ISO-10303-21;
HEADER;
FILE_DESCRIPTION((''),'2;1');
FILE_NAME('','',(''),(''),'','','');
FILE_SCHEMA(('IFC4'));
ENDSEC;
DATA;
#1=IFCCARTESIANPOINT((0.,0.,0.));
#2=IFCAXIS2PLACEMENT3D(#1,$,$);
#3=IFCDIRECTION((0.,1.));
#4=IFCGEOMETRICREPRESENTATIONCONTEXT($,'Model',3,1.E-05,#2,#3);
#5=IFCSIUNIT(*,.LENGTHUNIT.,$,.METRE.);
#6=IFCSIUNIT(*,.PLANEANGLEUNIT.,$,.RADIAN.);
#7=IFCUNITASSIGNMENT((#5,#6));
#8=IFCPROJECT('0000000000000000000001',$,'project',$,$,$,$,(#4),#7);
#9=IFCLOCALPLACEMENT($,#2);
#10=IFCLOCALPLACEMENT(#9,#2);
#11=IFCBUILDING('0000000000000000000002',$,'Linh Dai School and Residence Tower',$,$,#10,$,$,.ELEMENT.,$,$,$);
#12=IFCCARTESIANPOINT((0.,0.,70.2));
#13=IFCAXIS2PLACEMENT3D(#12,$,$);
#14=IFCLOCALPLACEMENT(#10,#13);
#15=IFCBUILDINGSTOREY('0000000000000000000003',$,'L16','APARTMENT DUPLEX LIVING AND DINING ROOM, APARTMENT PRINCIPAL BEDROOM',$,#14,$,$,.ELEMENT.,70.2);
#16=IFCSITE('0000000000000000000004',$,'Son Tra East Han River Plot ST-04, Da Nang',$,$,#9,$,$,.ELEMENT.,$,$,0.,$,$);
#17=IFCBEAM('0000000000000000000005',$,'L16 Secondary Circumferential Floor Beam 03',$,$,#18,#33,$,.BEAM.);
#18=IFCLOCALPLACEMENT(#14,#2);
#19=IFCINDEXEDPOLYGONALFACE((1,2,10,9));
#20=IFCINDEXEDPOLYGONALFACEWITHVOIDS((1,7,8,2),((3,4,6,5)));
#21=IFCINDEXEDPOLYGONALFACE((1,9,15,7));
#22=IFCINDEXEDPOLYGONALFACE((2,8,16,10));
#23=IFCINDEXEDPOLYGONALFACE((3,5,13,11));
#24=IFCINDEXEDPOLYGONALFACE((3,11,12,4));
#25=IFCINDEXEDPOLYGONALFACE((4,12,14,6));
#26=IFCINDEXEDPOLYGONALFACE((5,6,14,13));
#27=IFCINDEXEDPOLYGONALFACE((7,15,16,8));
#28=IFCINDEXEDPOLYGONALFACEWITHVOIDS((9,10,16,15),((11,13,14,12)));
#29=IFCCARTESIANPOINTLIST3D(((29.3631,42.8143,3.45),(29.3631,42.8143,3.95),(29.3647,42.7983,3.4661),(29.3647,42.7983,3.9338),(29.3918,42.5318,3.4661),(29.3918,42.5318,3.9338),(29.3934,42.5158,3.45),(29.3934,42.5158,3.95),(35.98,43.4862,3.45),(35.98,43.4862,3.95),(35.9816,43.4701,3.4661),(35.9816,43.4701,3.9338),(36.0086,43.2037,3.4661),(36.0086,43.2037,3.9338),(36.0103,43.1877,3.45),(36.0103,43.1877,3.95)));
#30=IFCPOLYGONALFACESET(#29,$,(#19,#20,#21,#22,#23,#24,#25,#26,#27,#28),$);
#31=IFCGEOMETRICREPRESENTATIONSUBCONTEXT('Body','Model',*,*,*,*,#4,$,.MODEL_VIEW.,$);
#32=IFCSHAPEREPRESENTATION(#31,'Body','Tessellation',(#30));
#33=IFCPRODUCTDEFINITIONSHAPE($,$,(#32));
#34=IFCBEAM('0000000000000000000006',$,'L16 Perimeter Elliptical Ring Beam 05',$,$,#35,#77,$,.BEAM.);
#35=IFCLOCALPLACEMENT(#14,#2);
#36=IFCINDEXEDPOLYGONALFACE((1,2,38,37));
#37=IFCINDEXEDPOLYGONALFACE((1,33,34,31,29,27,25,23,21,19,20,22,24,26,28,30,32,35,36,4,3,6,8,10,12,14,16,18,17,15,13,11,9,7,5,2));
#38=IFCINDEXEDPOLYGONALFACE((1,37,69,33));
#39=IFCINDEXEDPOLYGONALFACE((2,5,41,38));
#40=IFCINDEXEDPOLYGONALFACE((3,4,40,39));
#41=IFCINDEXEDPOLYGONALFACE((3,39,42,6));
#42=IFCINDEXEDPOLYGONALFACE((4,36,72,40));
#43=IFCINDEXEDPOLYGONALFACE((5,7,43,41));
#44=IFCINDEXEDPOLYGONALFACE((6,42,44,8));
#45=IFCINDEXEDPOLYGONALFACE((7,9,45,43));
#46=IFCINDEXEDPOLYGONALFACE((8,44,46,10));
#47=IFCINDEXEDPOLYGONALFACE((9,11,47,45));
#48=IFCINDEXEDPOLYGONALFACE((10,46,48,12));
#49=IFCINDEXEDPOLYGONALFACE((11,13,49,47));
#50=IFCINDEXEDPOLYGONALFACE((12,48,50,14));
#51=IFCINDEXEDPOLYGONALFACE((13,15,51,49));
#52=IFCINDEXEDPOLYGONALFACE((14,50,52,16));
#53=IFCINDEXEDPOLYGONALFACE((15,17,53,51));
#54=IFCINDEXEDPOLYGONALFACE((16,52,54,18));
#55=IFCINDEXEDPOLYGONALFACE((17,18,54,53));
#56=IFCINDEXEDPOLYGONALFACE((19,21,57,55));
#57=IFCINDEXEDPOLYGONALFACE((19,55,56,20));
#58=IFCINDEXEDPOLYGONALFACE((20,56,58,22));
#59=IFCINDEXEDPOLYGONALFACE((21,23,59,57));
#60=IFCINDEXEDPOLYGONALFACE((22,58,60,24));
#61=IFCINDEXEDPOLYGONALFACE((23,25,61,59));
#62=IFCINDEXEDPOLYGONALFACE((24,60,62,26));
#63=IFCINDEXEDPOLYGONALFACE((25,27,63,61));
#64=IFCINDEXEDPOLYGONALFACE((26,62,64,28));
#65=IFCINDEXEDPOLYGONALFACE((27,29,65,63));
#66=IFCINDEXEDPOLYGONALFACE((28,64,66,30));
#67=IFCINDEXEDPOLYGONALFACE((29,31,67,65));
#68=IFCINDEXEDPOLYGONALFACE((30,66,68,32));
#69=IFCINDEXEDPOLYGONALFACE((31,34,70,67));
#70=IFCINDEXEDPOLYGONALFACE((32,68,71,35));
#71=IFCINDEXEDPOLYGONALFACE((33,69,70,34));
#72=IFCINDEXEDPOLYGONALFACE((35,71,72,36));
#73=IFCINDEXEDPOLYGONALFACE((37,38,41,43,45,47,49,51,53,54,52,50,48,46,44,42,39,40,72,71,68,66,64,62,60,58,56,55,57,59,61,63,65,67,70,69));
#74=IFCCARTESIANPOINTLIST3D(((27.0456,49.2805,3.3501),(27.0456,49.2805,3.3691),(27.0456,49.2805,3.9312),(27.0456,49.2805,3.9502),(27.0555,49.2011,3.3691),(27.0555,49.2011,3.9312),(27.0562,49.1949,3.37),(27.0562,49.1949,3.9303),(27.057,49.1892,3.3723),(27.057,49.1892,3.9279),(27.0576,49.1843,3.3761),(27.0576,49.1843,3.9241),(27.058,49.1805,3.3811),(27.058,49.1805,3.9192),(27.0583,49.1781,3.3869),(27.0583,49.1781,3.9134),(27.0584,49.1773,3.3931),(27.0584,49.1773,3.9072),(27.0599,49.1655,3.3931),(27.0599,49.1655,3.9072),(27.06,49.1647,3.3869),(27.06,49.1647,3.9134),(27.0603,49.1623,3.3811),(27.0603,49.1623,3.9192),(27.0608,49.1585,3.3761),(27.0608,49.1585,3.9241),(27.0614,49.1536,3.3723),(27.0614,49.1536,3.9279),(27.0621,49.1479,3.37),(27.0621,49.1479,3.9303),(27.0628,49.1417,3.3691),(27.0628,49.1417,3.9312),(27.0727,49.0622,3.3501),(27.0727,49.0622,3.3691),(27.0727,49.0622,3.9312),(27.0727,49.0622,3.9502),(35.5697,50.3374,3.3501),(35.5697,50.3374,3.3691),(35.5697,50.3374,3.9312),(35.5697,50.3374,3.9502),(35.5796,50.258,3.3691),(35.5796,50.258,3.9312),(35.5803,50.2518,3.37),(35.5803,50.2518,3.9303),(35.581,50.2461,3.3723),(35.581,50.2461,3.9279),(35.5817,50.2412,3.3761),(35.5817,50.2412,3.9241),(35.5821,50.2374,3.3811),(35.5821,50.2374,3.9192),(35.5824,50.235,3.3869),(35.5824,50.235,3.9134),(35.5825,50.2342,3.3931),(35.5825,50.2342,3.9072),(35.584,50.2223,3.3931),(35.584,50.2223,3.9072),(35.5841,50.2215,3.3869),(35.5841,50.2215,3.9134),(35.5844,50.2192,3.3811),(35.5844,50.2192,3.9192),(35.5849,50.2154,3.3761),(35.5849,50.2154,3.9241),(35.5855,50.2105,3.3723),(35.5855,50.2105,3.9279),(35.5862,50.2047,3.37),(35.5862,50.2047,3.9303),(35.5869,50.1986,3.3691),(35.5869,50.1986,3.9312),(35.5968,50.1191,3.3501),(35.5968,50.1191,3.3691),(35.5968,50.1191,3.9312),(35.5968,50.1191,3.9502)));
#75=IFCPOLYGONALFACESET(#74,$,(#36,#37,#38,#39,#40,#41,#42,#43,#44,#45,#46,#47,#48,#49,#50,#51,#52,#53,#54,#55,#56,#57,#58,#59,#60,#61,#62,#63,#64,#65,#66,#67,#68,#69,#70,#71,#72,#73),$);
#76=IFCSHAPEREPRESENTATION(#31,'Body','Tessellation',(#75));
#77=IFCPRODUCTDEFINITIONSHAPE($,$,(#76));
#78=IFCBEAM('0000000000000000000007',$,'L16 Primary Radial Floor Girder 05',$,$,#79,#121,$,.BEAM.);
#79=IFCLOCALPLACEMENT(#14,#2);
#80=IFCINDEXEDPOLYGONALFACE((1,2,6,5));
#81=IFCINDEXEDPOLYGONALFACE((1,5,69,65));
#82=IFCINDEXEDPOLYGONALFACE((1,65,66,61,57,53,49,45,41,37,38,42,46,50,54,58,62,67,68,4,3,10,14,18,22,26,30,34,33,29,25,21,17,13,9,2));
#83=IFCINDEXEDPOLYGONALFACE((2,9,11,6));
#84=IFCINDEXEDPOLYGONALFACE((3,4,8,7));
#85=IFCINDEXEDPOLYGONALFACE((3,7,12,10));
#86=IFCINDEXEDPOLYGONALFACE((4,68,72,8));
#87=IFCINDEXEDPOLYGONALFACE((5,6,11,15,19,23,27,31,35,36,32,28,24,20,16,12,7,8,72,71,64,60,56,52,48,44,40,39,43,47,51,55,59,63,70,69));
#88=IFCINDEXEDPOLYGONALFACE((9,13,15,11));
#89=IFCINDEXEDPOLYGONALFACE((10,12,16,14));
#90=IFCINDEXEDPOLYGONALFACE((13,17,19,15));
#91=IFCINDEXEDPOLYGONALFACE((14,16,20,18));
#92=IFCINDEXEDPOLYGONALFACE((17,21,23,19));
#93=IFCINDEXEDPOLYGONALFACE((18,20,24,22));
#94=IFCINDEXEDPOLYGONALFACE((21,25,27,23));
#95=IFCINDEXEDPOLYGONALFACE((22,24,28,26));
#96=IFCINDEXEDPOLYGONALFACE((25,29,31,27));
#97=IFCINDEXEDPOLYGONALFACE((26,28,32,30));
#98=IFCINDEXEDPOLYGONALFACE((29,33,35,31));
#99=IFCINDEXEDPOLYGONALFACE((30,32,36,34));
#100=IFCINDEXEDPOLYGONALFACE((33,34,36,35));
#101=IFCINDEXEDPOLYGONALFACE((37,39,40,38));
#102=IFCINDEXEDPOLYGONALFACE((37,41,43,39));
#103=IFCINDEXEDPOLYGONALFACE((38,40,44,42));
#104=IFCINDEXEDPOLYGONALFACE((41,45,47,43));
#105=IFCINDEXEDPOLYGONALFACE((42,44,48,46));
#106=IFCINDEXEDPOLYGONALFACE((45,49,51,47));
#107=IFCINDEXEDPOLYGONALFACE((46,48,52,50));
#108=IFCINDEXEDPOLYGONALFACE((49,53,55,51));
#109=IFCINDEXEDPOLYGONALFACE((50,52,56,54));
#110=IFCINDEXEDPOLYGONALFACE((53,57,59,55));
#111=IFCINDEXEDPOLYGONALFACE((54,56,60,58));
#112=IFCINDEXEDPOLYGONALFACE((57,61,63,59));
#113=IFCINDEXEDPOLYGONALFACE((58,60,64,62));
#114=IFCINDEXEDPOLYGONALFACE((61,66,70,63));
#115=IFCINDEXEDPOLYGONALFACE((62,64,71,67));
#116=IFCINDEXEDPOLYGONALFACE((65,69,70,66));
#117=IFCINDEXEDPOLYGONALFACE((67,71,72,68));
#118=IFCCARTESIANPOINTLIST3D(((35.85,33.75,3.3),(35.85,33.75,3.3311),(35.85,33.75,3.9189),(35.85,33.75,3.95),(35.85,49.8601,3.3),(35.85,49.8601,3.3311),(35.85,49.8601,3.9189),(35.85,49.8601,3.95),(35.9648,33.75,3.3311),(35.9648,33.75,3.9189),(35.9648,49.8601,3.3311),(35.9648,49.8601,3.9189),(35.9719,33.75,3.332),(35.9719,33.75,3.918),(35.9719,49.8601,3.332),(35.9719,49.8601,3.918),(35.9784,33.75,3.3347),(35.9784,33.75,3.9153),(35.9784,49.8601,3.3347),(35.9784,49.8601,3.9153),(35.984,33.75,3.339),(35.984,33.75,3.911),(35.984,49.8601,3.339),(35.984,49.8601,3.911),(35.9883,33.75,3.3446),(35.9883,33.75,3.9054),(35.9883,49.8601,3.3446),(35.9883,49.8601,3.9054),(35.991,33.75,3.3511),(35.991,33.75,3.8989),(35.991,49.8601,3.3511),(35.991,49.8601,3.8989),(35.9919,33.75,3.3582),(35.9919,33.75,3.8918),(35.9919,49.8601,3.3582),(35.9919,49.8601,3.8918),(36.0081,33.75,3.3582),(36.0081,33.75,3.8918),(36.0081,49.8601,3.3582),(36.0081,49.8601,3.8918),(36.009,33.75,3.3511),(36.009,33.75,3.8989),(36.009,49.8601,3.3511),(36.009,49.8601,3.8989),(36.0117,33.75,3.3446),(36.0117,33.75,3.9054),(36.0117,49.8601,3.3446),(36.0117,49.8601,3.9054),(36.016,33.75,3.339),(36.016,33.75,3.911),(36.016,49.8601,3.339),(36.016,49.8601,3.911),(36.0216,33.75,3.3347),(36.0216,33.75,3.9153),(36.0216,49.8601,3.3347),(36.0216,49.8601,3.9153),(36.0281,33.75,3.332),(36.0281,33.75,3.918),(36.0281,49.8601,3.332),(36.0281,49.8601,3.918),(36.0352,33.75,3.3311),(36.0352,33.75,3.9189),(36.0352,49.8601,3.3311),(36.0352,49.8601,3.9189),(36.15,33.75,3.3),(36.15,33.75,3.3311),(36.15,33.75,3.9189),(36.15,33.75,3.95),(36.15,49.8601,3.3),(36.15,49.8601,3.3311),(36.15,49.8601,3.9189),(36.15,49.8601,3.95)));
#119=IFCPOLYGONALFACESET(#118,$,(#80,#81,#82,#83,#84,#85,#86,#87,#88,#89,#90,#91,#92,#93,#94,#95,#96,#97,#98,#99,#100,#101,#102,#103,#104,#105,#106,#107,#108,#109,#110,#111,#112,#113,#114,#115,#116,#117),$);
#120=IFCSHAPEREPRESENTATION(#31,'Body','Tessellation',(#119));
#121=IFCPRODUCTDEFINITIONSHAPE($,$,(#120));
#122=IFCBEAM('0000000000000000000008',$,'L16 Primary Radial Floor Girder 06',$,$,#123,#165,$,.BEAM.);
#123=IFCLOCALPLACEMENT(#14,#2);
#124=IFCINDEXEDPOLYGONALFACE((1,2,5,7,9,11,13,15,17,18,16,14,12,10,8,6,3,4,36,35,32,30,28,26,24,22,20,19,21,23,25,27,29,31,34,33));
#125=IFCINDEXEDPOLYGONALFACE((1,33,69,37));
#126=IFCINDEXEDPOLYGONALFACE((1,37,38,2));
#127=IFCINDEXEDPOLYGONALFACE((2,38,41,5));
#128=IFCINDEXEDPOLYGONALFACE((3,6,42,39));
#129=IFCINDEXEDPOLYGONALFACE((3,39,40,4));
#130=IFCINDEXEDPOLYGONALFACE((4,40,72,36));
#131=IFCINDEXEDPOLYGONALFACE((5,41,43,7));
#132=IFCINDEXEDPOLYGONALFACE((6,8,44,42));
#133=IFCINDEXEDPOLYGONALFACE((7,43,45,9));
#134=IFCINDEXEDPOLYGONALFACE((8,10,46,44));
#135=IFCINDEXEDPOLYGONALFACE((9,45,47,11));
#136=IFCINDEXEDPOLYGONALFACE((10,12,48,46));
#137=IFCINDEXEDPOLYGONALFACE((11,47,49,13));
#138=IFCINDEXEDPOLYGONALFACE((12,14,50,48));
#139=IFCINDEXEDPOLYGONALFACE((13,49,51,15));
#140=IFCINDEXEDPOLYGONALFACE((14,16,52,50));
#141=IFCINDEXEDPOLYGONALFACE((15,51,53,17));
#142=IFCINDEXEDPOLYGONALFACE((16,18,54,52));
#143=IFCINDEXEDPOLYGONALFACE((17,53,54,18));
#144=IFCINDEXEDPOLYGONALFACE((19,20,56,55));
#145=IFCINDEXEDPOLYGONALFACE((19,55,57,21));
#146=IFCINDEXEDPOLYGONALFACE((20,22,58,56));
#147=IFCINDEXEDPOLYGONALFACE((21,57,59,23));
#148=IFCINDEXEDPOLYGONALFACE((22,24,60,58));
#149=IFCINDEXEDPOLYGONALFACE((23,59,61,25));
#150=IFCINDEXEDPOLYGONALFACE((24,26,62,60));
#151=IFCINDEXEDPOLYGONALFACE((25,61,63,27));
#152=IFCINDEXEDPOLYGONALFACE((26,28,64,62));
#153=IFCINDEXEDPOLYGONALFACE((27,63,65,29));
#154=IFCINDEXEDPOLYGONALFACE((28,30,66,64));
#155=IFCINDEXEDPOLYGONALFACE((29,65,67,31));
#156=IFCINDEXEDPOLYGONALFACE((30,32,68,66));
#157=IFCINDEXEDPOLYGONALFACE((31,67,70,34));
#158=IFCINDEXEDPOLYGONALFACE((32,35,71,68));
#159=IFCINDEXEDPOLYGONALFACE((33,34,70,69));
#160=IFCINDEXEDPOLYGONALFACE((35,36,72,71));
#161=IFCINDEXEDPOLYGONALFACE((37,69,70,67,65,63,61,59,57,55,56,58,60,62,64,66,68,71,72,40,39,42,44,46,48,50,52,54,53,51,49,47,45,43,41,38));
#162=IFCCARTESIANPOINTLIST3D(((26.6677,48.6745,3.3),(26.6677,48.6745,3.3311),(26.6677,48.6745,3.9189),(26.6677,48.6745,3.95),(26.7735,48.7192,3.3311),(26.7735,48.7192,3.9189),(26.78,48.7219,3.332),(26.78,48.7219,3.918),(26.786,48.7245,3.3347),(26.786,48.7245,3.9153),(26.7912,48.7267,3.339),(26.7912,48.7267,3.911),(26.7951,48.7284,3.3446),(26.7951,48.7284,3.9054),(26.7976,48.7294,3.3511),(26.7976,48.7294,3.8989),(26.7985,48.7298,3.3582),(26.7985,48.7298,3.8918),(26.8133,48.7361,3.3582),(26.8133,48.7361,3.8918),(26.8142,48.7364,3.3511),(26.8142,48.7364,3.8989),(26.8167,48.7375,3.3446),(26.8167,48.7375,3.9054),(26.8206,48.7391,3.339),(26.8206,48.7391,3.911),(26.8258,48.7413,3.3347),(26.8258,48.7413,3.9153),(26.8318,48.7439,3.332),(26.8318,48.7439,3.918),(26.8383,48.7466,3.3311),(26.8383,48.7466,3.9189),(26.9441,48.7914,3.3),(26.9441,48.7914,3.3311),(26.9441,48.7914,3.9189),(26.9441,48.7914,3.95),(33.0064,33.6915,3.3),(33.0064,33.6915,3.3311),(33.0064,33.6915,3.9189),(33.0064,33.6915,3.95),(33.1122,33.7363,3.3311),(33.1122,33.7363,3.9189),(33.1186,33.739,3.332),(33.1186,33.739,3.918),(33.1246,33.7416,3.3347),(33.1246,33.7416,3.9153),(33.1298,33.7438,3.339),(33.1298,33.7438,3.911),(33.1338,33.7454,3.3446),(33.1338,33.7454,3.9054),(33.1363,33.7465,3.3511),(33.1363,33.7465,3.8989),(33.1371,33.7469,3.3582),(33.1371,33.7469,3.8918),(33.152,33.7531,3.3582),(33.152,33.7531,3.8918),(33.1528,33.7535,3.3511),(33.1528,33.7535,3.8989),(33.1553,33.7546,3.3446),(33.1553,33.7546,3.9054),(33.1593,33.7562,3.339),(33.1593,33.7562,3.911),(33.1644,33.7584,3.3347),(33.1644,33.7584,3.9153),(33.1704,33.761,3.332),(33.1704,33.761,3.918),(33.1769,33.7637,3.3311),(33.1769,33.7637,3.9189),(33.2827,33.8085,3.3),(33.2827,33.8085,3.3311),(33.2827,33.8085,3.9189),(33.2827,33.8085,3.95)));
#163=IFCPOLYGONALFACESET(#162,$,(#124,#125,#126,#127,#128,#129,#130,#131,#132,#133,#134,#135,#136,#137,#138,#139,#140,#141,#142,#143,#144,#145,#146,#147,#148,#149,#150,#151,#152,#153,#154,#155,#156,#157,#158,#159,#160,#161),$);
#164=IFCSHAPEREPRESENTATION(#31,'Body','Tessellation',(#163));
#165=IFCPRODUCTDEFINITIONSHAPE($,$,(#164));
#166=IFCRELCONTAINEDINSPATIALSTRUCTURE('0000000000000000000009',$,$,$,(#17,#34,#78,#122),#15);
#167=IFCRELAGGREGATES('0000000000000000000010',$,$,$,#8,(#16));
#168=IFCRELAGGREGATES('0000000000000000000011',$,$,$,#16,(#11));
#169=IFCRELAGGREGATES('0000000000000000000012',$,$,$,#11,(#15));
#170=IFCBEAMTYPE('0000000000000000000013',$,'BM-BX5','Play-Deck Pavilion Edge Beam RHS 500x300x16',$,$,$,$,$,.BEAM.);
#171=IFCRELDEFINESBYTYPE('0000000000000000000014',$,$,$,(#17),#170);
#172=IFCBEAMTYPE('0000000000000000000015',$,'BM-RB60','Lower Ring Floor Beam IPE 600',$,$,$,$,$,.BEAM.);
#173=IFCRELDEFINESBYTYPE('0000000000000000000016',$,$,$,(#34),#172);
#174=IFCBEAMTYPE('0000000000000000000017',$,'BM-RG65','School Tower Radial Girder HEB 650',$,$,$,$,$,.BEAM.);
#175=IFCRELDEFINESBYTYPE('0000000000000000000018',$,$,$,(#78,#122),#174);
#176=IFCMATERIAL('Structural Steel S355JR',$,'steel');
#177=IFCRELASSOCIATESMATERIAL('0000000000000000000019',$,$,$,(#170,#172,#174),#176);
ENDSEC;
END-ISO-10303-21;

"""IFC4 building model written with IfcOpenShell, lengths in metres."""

from ifc_helpers import new_model, si_unit, direction, frame, origin, origin_2d, place, context, subcontext, project, spatial, hollow_rectangle, i_section, extrude, material, material_profile, profile_set, type_object, element, save


model = new_model("IFC4")

# Units and contexts
model_context = context("Model", 3, precision=1e-05, world=origin(), true_north=direction((0.0, 1.0)))
body_context = subcontext(model_context, "Body", "Model", "MODEL_VIEW")
ifc_project = project(units=[si_unit("LENGTHUNIT", "METRE"), si_unit("PLANEANGLEUNIT", "RADIAN")], contexts=[model_context])

# Site, building, storey
site_placement = place(None, origin())
site = spatial("IfcSite", under=ifc_project, at=site_placement, Name="Son Tra East Han River Plot ST-04, Da Nang", CompositionType="ELEMENT", RefElevation=0.0)
building_placement = place(site_placement, origin())
building = spatial("IfcBuilding", under=site, at=building_placement, Name="Linh Dai School and Residence Tower", CompositionType="ELEMENT")
storey_placement = place(building_placement, frame((0.0, 0.0, 70.2)))
storey = spatial("IfcBuildingStorey", under=building, at=storey_placement, Name="L16", Description="APARTMENT DUPLEX LIVING AND DINING ROOM, APARTMENT PRINCIPAL BEDROOM", CompositionType="ELEMENT", Elevation=70.2)

# Shared definitions
ifc_material_1 = material(Name="Structural Steel S355JR", Category="steel")

# Beams
ifc_material_profile_1 = material_profile(ifc_material_1, hollow_rectangle(XDim=0.3, YDim=0.5, WallThickness=0.0161, at=origin_2d()), Name="RHS 500x300x16")
ifc_profile_set_1 = profile_set([ifc_material_profile_1], Name="Structural Steel S355JR")
beam_type_1 = type_object("IfcBeamType", Name="BM-BX5", Description="Play-Deck Pavilion Edge Beam RHS 500x300x16", PredefinedType="BEAM", material=ifc_profile_set_1)
beam_1_placement = place(storey_placement, frame((35.9951, 43.3369, 3.7), z_axis=(-0.994884, -0.101019, 0.0), x_axis=(0.101019, -0.994884, 0.0)))
element("IfcBeam", 1, at=beam_1_placement, inside=storey, type_object=beam_type_1, Name="L16 Secondary Circumferential Floor Beam 03", PredefinedType="BEAM", context=body_context, shape_type="SweptSolid", body=[
    extrude(hollow_rectangle(XDim=0.3, YDim=0.5, WallThickness=0.0161, at=origin_2d()), origin(), (0.0, 0.0, 1.0), 6.6509),
])
ifc_material_profile_2 = material_profile(ifc_material_1, i_section(OverallWidth=0.22, OverallDepth=0.6001, WebThickness=0.012, FlangeThickness=0.019, FilletRadius=0.0239, at=origin_2d()), Name="IPE 600")
ifc_profile_set_2 = profile_set([ifc_material_profile_2], Name="Structural Steel S355JR")
beam_type_2 = type_object("IfcBeamType", Name="BM-RB60", Description="Lower Ring Floor Beam IPE 600", PredefinedType="BEAM", material=ifc_profile_set_2)
beam_2_placement = place(storey_placement, frame((35.5833, 50.2283, 3.6501), z_axis=(-0.992401, -0.123045, 0.0), x_axis=(0.123045, -0.992401, 0.0)))
element("IfcBeam", 2, at=beam_2_placement, inside=storey, type_object=beam_type_2, Name="L16 Perimeter Elliptical Ring Beam 05", PredefinedType="BEAM", context=body_context, shape_type="SweptSolid", body=[
    extrude(i_section(OverallWidth=0.22, OverallDepth=0.6001, WebThickness=0.012, FlangeThickness=0.019, FilletRadius=0.0239, at=origin_2d()), origin(), (0.0, 0.0, 1.0), 8.5894),
])
ifc_material_profile_3 = material_profile(ifc_material_1, i_section(OverallWidth=0.3, OverallDepth=0.6499, WebThickness=0.0161, FlangeThickness=0.031, FilletRadius=0.0271, at=origin_2d()), Name="HEB 650")
ifc_profile_set_3 = profile_set([ifc_material_profile_3], Name="Structural Steel S355JR")
beam_type_3 = type_object("IfcBeamType", Name="BM-RG65", Description="School Tower Radial Girder HEB 650", PredefinedType="BEAM", material=ifc_profile_set_3)
beam_3_placement = place(storey_placement, frame((36.0, 33.75, 3.625), z_axis=(0.0, 1.0, 0.0), x_axis=(-1.0, 0.0, 0.0)))
element("IfcBeam", 3, at=beam_3_placement, inside=storey, type_object=beam_type_3, Name="L16 Primary Radial Floor Girder 05", PredefinedType="BEAM", context=body_context, shape_type="SweptSolid", body=[
    extrude(i_section(OverallWidth=0.3, OverallDepth=0.6499, WebThickness=0.0161, FlangeThickness=0.031, FilletRadius=0.0271, at=origin_2d()), origin(), (0.0, 0.0, 1.0), 16.1101),
])
beam_4_placement = place(storey_placement, frame((33.1445, 33.75, 3.625), z_axis=(-0.389624, 0.920974, 0.0), x_axis=(-0.920974, -0.389624, 0.0)))
element("IfcBeam", 4, at=beam_4_placement, inside=storey, type_object=beam_type_3, Name="L16 Primary Radial Floor Girder 06", PredefinedType="BEAM", context=body_context, shape_type="SweptSolid", body=[
    extrude(i_section(OverallWidth=0.3, OverallDepth=0.6499, WebThickness=0.0161, FlangeThickness=0.031, FilletRadius=0.0271, at=origin_2d()), origin(), (0.0, 0.0, 1.0), 16.2686),
])

save(model, "model.ifc")
